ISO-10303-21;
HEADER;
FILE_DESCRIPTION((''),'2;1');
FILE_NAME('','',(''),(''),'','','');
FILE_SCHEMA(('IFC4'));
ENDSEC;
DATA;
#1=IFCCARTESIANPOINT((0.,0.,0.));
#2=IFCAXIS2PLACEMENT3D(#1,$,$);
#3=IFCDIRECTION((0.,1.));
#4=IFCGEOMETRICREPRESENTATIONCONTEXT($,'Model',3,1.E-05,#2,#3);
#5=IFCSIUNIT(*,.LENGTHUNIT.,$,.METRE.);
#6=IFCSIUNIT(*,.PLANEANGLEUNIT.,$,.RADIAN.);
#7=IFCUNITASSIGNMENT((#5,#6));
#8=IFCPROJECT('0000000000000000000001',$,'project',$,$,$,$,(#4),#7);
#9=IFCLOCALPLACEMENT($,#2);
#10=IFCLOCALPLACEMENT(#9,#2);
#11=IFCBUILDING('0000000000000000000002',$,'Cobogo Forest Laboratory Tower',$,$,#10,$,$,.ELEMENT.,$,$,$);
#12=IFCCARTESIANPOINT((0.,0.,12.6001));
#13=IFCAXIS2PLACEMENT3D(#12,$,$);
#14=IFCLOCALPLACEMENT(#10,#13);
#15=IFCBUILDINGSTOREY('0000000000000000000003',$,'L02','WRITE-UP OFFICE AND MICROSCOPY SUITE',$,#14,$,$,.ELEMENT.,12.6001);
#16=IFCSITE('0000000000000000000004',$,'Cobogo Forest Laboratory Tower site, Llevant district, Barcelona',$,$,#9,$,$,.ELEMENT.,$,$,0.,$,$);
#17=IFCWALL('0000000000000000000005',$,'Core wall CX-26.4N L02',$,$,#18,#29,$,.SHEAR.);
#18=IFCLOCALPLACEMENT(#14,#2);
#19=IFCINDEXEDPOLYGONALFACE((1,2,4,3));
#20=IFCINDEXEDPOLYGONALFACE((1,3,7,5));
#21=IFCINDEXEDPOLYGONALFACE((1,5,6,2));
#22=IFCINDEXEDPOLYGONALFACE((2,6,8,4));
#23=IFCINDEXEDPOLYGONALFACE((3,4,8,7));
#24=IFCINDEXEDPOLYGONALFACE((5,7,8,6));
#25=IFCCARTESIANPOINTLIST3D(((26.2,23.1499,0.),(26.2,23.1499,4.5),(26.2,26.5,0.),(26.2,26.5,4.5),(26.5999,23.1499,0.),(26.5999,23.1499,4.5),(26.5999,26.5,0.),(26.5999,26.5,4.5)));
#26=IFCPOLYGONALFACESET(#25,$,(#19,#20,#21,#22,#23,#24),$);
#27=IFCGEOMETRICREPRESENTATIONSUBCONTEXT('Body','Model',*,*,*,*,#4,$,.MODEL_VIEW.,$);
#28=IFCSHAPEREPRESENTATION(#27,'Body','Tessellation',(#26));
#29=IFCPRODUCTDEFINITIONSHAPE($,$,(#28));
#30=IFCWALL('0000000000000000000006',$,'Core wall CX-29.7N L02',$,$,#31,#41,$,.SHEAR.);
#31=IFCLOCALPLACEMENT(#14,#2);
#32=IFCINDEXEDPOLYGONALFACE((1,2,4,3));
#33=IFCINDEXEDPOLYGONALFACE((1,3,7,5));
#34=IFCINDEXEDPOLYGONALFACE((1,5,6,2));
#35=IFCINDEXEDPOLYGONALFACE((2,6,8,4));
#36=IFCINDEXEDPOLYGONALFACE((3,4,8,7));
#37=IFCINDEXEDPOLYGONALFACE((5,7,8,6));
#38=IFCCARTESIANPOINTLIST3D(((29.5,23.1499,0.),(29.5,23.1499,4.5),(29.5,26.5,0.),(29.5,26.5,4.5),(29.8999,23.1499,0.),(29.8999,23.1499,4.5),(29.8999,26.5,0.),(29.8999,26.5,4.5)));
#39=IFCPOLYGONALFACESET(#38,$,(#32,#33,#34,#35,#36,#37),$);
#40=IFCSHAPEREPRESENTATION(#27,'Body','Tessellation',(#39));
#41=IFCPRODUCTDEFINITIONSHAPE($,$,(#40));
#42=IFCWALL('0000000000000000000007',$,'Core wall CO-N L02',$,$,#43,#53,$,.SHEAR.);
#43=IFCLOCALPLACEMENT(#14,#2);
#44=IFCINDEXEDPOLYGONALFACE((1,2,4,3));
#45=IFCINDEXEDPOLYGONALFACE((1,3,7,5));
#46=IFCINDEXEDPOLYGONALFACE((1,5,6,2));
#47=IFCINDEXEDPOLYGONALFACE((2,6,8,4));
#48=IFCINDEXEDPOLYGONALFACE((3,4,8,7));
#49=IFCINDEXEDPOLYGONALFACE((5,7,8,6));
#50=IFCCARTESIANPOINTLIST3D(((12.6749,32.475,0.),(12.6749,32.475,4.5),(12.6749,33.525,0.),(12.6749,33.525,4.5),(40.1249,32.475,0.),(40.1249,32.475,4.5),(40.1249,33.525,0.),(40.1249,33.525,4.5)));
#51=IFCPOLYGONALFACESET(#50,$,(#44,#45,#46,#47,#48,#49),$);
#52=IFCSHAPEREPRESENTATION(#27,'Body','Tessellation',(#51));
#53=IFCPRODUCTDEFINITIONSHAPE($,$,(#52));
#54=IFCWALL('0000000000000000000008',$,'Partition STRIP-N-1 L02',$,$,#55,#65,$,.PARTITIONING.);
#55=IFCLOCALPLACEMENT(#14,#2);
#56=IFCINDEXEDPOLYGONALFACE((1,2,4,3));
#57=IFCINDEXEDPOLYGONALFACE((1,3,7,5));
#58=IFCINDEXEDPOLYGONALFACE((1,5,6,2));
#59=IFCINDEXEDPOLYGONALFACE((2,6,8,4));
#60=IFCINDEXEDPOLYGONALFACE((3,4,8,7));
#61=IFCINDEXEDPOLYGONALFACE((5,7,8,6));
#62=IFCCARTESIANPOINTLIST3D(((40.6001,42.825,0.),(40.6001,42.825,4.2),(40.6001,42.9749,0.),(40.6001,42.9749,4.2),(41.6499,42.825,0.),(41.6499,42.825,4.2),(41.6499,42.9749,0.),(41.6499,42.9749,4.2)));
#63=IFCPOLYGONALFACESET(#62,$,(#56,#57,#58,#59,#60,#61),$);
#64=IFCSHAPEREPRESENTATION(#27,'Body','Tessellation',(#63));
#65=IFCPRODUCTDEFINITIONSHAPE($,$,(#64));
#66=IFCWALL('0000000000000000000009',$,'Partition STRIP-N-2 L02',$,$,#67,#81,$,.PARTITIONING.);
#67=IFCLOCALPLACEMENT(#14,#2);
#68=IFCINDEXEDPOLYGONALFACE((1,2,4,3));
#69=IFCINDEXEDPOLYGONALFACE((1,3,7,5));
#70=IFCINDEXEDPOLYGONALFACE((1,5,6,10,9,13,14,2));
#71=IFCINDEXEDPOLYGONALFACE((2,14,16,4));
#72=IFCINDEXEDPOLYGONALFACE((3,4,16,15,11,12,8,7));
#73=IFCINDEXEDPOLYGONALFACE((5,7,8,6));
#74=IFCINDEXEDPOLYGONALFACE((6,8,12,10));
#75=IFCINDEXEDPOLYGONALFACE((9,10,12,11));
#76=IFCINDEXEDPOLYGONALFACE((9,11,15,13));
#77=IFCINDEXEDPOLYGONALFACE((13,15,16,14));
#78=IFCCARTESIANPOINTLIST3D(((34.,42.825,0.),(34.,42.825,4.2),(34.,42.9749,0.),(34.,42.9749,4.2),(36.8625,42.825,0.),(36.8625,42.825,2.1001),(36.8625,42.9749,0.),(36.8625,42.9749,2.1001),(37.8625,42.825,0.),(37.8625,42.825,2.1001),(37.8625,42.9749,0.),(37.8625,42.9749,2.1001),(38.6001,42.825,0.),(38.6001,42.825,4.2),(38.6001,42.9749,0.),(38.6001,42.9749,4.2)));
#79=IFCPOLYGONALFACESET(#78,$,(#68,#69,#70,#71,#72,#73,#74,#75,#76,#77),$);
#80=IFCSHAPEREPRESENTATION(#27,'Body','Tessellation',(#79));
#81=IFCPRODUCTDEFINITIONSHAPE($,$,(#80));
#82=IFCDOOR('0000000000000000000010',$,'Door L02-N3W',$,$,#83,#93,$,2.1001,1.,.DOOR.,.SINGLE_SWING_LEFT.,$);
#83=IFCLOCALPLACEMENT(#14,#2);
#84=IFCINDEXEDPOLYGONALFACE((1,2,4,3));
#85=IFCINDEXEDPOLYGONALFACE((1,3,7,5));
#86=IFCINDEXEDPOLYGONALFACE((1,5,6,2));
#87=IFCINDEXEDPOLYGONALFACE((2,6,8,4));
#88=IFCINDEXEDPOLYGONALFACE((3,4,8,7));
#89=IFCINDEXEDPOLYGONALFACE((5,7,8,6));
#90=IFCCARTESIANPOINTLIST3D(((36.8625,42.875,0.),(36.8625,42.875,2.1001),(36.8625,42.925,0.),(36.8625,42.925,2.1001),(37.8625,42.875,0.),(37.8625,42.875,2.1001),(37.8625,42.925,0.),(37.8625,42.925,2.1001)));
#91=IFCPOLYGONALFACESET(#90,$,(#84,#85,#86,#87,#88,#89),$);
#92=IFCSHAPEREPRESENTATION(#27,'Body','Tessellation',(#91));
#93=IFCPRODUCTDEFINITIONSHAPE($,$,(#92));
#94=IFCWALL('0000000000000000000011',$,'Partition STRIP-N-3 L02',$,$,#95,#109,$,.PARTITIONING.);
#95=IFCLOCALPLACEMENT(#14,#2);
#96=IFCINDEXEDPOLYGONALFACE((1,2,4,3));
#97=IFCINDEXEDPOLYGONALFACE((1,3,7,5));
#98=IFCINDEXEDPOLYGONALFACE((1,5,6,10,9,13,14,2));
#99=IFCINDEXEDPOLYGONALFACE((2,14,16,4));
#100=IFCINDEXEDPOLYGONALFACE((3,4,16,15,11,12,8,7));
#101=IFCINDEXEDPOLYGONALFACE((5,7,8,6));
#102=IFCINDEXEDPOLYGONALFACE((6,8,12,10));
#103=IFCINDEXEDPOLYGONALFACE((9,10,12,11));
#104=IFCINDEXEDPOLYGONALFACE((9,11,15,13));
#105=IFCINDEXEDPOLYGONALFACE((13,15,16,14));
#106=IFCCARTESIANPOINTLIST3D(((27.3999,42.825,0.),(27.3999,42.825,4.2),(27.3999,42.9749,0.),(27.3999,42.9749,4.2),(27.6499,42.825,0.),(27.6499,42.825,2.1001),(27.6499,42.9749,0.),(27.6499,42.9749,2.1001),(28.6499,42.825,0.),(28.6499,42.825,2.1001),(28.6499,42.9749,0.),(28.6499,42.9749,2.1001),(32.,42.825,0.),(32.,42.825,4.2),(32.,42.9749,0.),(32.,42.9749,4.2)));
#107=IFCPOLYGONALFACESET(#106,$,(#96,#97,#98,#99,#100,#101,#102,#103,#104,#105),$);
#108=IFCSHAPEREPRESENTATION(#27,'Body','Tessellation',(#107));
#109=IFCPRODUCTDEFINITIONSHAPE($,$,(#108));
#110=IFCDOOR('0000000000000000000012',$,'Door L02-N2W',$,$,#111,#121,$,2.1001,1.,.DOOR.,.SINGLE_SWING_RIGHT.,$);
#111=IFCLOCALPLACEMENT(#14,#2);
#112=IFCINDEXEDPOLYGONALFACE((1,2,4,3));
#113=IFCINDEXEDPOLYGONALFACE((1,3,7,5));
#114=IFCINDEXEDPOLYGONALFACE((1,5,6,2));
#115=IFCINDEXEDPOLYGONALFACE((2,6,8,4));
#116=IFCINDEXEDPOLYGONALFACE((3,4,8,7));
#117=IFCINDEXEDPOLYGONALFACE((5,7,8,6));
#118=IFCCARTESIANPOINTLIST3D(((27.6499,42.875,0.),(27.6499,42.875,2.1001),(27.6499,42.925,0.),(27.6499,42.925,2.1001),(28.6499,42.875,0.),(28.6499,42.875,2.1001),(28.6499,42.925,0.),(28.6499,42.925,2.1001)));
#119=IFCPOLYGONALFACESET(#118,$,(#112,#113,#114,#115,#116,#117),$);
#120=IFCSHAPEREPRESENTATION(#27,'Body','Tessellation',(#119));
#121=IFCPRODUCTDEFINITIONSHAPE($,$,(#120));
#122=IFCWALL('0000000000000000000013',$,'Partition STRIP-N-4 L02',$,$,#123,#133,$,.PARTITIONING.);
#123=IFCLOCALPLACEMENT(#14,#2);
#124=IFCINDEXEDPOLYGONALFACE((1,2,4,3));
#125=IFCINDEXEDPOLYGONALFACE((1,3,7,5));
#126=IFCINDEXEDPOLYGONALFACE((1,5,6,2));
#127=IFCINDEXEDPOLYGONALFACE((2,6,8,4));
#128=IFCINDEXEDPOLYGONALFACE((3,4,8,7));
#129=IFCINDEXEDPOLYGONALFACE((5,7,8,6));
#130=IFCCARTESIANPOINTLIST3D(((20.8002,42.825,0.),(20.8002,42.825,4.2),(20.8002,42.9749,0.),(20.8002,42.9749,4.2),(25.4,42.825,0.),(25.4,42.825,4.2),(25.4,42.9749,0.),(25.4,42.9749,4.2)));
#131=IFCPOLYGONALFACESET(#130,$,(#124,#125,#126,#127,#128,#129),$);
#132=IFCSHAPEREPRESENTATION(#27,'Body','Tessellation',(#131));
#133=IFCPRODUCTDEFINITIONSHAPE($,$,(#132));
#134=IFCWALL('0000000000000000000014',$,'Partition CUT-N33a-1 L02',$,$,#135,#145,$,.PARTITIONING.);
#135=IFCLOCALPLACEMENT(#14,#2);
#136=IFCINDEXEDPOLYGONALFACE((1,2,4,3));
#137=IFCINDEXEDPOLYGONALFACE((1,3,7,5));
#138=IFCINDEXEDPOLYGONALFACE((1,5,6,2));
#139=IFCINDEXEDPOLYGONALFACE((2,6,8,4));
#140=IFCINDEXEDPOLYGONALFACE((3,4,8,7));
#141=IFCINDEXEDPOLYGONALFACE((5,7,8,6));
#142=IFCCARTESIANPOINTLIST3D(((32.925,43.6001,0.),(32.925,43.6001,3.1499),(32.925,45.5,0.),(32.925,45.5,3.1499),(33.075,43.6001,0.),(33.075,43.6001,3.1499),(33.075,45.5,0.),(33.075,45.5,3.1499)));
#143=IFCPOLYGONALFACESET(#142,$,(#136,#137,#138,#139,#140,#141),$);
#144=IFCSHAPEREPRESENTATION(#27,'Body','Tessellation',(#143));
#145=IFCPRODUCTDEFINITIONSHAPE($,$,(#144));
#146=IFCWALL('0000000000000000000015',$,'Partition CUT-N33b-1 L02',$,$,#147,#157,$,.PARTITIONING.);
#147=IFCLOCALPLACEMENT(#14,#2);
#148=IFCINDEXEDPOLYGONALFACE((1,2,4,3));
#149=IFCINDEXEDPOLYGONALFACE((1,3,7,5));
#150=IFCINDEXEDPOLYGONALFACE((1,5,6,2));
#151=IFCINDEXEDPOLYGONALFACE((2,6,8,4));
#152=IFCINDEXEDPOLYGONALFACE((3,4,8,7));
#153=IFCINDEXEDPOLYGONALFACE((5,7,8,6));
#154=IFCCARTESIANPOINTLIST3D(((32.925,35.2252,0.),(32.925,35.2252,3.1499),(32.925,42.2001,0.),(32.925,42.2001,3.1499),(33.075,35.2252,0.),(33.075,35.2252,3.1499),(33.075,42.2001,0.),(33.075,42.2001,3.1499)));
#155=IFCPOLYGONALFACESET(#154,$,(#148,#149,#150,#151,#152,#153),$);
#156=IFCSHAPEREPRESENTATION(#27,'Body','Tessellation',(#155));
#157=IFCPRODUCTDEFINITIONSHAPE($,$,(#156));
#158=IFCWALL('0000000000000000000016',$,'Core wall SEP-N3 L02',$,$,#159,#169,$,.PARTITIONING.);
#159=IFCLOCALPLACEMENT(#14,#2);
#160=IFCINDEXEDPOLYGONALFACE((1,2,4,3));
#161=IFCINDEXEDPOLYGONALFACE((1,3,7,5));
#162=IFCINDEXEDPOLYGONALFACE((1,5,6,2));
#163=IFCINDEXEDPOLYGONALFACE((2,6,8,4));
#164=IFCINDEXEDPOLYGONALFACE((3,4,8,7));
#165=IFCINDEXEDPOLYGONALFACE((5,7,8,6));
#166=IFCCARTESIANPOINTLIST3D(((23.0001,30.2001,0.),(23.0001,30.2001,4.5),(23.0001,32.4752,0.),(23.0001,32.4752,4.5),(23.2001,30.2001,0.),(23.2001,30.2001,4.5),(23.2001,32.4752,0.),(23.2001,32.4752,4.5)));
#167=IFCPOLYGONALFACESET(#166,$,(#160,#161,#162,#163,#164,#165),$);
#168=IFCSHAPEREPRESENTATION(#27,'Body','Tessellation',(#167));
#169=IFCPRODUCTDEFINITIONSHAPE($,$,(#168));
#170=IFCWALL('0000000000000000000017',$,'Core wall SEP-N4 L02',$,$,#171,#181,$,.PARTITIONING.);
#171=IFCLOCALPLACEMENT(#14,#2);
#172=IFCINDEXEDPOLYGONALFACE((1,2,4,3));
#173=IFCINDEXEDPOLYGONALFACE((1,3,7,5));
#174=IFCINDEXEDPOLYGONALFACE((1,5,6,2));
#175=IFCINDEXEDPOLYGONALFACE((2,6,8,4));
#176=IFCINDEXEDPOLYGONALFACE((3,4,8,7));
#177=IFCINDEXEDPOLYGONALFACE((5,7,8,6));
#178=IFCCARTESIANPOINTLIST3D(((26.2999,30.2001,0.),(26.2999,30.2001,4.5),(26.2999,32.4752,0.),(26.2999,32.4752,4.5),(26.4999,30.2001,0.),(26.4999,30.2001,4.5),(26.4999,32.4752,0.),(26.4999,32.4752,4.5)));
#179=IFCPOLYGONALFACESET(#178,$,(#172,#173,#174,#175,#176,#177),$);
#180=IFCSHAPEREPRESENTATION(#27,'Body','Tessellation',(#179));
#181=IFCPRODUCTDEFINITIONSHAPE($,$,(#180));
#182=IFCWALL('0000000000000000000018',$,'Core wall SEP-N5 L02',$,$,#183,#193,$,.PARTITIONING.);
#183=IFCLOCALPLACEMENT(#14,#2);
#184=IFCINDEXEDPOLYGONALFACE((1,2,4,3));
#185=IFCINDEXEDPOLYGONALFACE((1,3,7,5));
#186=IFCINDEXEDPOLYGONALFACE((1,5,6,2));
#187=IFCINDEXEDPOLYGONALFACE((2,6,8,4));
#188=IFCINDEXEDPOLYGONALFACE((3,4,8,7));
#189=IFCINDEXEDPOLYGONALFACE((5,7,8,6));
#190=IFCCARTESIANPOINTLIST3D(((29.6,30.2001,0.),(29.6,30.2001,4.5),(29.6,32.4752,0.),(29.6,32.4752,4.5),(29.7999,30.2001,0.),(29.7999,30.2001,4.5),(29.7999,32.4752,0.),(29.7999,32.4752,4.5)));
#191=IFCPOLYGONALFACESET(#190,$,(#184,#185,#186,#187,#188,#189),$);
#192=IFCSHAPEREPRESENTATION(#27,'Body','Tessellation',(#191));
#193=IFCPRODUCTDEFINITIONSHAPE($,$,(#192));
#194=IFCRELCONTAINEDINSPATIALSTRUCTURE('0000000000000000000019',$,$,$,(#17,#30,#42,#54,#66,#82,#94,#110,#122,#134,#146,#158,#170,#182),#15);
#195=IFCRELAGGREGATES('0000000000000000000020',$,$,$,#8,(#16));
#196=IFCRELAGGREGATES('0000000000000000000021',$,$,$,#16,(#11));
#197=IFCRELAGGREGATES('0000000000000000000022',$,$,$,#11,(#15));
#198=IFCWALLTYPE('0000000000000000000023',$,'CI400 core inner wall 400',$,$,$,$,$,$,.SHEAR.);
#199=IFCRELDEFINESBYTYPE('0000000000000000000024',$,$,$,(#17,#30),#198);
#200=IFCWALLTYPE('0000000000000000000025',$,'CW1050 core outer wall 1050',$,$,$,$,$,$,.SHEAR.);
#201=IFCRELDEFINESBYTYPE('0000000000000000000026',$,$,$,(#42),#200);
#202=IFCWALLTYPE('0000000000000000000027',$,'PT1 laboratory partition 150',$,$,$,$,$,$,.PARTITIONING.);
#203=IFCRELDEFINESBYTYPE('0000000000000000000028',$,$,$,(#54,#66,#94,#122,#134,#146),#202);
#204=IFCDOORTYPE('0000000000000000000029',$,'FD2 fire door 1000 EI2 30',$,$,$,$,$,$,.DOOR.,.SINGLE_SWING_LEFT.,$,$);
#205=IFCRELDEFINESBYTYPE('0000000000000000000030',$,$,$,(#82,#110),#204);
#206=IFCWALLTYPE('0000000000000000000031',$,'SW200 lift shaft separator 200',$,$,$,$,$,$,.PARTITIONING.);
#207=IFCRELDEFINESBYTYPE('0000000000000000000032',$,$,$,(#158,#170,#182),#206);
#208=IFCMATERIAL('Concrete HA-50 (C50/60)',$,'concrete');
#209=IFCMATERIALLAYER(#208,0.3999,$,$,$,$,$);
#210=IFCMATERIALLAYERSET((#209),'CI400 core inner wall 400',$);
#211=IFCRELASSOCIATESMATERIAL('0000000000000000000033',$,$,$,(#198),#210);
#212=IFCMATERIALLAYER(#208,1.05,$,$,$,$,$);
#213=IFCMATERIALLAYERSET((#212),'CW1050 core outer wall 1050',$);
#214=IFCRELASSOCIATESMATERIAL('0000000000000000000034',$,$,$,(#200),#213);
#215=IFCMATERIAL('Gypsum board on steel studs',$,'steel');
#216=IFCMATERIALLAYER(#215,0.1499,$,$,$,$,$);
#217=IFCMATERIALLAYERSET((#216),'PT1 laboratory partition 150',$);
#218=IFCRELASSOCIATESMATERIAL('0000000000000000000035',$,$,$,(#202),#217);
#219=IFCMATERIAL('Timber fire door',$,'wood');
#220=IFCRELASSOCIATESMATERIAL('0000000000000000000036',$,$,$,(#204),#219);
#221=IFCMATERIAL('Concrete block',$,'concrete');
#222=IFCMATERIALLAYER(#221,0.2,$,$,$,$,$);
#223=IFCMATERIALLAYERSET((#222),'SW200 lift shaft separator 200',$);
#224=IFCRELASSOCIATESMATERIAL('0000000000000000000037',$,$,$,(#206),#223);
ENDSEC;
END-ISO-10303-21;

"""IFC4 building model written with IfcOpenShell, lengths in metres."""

from ifc_helpers import new_model, si_unit, direction, frame, frame_2d, origin, place, context, subcontext, project, spatial, rectangle, extrude, material, layer, layer_set, type_object, element, fill, save


model = new_model("IFC4")

# Units and contexts
model_context = context("Model", 3, precision=1e-05, world=origin(), true_north=direction((0.0, 1.0)))
body_context = subcontext(model_context, "Body", "Model", "MODEL_VIEW")
ifc_project = project(units=[si_unit("LENGTHUNIT", "METRE"), si_unit("PLANEANGLEUNIT", "RADIAN")], contexts=[model_context])

# Site, building, storey
site_placement = place(None, origin())
site = spatial("IfcSite", under=ifc_project, at=site_placement, Name="Cobogo Forest Laboratory Tower site, Llevant district, Barcelona", CompositionType="ELEMENT", RefElevation=0.0)
building_placement = place(site_placement, origin())
building = spatial("IfcBuilding", under=site, at=building_placement, Name="Cobogo Forest Laboratory Tower", CompositionType="ELEMENT")
storey_placement = place(building_placement, frame((0.0, 0.0, 12.6001)))
storey = spatial("IfcBuildingStorey", under=building, at=storey_placement, Name="L02", Description="WRITE-UP OFFICE AND MICROSCOPY SUITE", CompositionType="ELEMENT", Elevation=12.6001)

# Shared definitions
ifc_material_1 = material(Name="Concrete HA-50 (C50/60)", Category="concrete")

# Walls
ifc_layer_1 = layer(ifc_material_1, 0.3999)
ifc_layer_set_1 = layer_set([ifc_layer_1], Name="CI400 core inner wall 400")
wall_type_1 = type_object("IfcWallType", Name="CI400 core inner wall 400", PredefinedType="SHEAR", material=ifc_layer_set_1)
for number, where, z_axis, x_axis, name in (
    (1, (26.3999, 23.1499, 0.0), (0.0, 0.0, 1.0), (0.0, 1.0, 0.0), "Core wall CX-26.4N L02"),
    (2, (29.7, 23.1499, 0.0), (0.0, 0.0, 1.0), (0.0, 1.0, 0.0), "Core wall CX-29.7N L02"),
):
    element("IfcWall", number, at=place(storey_placement, frame(where, z_axis=z_axis, x_axis=x_axis)), inside=storey, type_object=wall_type_1, Name=name, PredefinedType="SHEAR", context=body_context, shape_type="SweptSolid", body=[
        extrude(rectangle(XDim=3.3501, YDim=0.3999, at=frame_2d((1.675, 0.0))), origin(), (0.0, 0.0, 1.0), 4.5),
    ])
ifc_layer_2 = layer(ifc_material_1, 1.05)
ifc_layer_set_2 = layer_set([ifc_layer_2], Name="CW1050 core outer wall 1050")
wall_type_2 = type_object("IfcWallType", Name="CW1050 core outer wall 1050", PredefinedType="SHEAR", material=ifc_layer_set_2)
wall_1_placement = place(storey_placement, frame((40.125, 33.0, 0.0), z_axis=(0.0, 0.0, 1.0), x_axis=(-1.0, 0.0, 0.0)))
element("IfcWall", 3, at=wall_1_placement, inside=storey, type_object=wall_type_2, Name="Core wall CO-N L02", PredefinedType="SHEAR", context=body_context, shape_type="SweptSolid", body=[
    extrude(rectangle(XDim=27.45, YDim=1.05, at=frame_2d((13.7251, 0.0))), origin(), (0.0, 0.0, 1.0), 4.5),
])
ifc_material_2 = material(Name="Gypsum board on steel studs", Category="steel")
ifc_layer_3 = layer(ifc_material_2, 0.1499)
ifc_layer_set_3 = layer_set([ifc_layer_3], Name="PT1 laboratory partition 150")
wall_type_3 = type_object("IfcWallType", Name="PT1 laboratory partition 150", PredefinedType="PARTITIONING", material=ifc_layer_set_3)
wall_2_placement = place(storey_placement, frame((41.6499, 42.8999, 0.0), z_axis=(0.0, 0.0, 1.0), x_axis=(-1.0, 0.0, 0.0)))
element("IfcWall", 4, at=wall_2_placement, inside=storey, type_object=wall_type_3, Name="Partition STRIP-N-1 L02", PredefinedType="PARTITIONING", context=body_context, shape_type="SweptSolid", body=[
    extrude(rectangle(XDim=1.0498, YDim=0.1499, at=frame_2d((0.5249, 0.0))), origin(), (0.0, 0.0, 1.0), 4.2),
])

# Walls, openings, doors
wall_3_placement = place(storey_placement, frame((38.6001, 42.8999, 0.0), z_axis=(0.0, 0.0, 1.0), x_axis=(-1.0, 0.0, 0.0)))
wall_3 = element("IfcWall", 5, at=wall_3_placement, inside=storey, type_object=wall_type_3, Name="Partition STRIP-N-2 L02", PredefinedType="PARTITIONING", context=body_context, shape_type="SweptSolid", body=[
    extrude(rectangle(XDim=4.6001, YDim=0.1499, at=frame_2d((2.3, 0.0))), origin(), (0.0, 0.0, 1.0), 4.2),
])
opening_1_placement = place(wall_3_placement, frame((0.7375, 0.0, 0.0)))
opening_1 = element("IfcOpeningElement", 6, at=opening_1_placement, cuts=wall_3, PredefinedType="OPENING", context=body_context, shape_type="SweptSolid", body=[
    extrude(rectangle(XDim=1.0, YDim=2.1001, at=frame_2d((0.5, 1.05))), frame((0.0, 0.085, 0.0), z_axis=(0.0, -1.0, 0.0), x_axis=(1.0, 0.0, 0.0)), (0.0, 0.0, 1.0), 0.1699),
])
ifc_material_3 = material(Name="Timber fire door", Category="wood")
door_type = type_object("IfcDoorType", Name="FD2 fire door 1000 EI2 30", OperationType="SINGLE_SWING_LEFT", PredefinedType="DOOR", material=ifc_material_3)
door_1_placement = place(opening_1_placement, origin())
door_1 = element("IfcDoor", 7, at=door_1_placement, inside=storey, type_object=door_type, Name="Door L02-N3W", OperationType="SINGLE_SWING_LEFT", OverallHeight=2.1001, OverallWidth=1.0, PredefinedType="DOOR", context=body_context, shape_type="SweptSolid", body=[
    extrude(rectangle(XDim=1.0, YDim=2.1001, at=frame_2d((0.5, 1.05))), frame((0.0, 0.0249, 0.0), z_axis=(0.0, -1.0, 0.0), x_axis=(1.0, 0.0, 0.0)), (0.0, 0.0, 1.0), 0.05),
])
fill(opening_1, door_1)
wall_4_placement = place(storey_placement, frame((32.0, 42.8999, 0.0), z_axis=(0.0, 0.0, 1.0), x_axis=(-1.0, 0.0, 0.0)))
wall_4 = element("IfcWall", 8, at=wall_4_placement, inside=storey, type_object=wall_type_3, Name="Partition STRIP-N-3 L02", PredefinedType="PARTITIONING", context=body_context, shape_type="SweptSolid", body=[
    extrude(rectangle(XDim=4.6001, YDim=0.1499, at=frame_2d((2.3, 0.0))), origin(), (0.0, 0.0, 1.0), 4.2),
])
opening_2_placement = place(wall_4_placement, frame((3.3501, 0.0, 0.0)))
opening_2 = element("IfcOpeningElement", 9, at=opening_2_placement, cuts=wall_4, PredefinedType="OPENING", context=body_context, shape_type="SweptSolid", body=[
    extrude(rectangle(XDim=1.0, YDim=2.1001, at=frame_2d((0.5, 1.05))), frame((0.0, 0.085, 0.0), z_axis=(0.0, -1.0, 0.0), x_axis=(1.0, 0.0, 0.0)), (0.0, 0.0, 1.0), 0.1699),
])
door_2_placement = place(opening_2_placement, origin())
door_2 = element("IfcDoor", 10, at=door_2_placement, inside=storey, type_object=door_type, Name="Door L02-N2W", OperationType="SINGLE_SWING_RIGHT", OverallHeight=2.1001, OverallWidth=1.0, PredefinedType="DOOR", context=body_context, shape_type="SweptSolid", body=[
    extrude(rectangle(XDim=1.0, YDim=2.1001, at=frame_2d((0.5, 1.05))), frame((0.0, 0.0249, 0.0), z_axis=(0.0, -1.0, 0.0), x_axis=(1.0, 0.0, 0.0)), (0.0, 0.0, 1.0), 0.05),
])
fill(opening_2, door_2)

# Walls
wall_5_placement = place(storey_placement, frame((25.3999, 42.8999, 0.0), z_axis=(0.0, 0.0, 1.0), x_axis=(-1.0, 0.0, 0.0)))
element("IfcWall", 11, at=wall_5_placement, inside=storey, type_object=wall_type_3, Name="Partition STRIP-N-4 L02", PredefinedType="PARTITIONING", context=body_context, shape_type="SweptSolid", body=[
    extrude(rectangle(XDim=4.5999, YDim=0.1499, at=frame_2d((2.2998, 0.0))), origin(), (0.0, 0.0, 1.0), 4.2),
])
wall_6_placement = place(storey_placement, frame((33.0, 45.5, 0.0), z_axis=(0.0, 0.0, 1.0), x_axis=(0.0, -1.0, 0.0)))
element("IfcWall", 12, at=wall_6_placement, inside=storey, type_object=wall_type_3, Name="Partition CUT-N33a-1 L02", PredefinedType="PARTITIONING", context=body_context, shape_type="SweptSolid", body=[
    extrude(rectangle(XDim=1.8999, YDim=0.1499, at=frame_2d((0.95, 0.0))), origin(), (0.0, 0.0, 1.0), 3.1499),
])
wall_7_placement = place(storey_placement, frame((33.0, 42.2, 0.0), z_axis=(0.0, 0.0, 1.0), x_axis=(0.0, -1.0, 0.0)))
element("IfcWall", 13, at=wall_7_placement, inside=storey, type_object=wall_type_3, Name="Partition CUT-N33b-1 L02", PredefinedType="PARTITIONING", context=body_context, shape_type="SweptSolid", body=[
    extrude(rectangle(XDim=6.9749, YDim=0.1499, at=frame_2d((3.4873, 0.0))), origin(), (0.0, 0.0, 1.0), 3.1499),
])
ifc_material_4 = material(Name="Concrete block", Category="concrete")
ifc_layer_4 = layer(ifc_material_4, 0.2)
ifc_layer_set_4 = layer_set([ifc_layer_4], Name="SW200 lift shaft separator 200")
wall_type_4 = type_object("IfcWallType", Name="SW200 lift shaft separator 200", PredefinedType="PARTITIONING", material=ifc_layer_set_4)
for number, where, z_axis, x_axis, name in (
    (14, (23.1001, 30.2, 0.0), (0.0, 0.0, 1.0), (0.0, 1.0, 0.0), "Core wall SEP-N3 L02"),
    (15, (26.3999, 30.2, 0.0), (0.0, 0.0, 1.0), (0.0, 1.0, 0.0), "Core wall SEP-N4 L02"),
    (16, (29.7, 30.2, 0.0), (0.0, 0.0, 1.0), (0.0, 1.0, 0.0), "Core wall SEP-N5 L02"),
):
    element("IfcWall", number, at=place(storey_placement, frame(where, z_axis=z_axis, x_axis=x_axis)), inside=storey, type_object=wall_type_4, Name=name, PredefinedType="PARTITIONING", context=body_context, shape_type="SweptSolid", body=[
        extrude(rectangle(XDim=2.2751, YDim=0.2, at=frame_2d((1.1377, 0.0))), origin(), (0.0, 0.0, 1.0), 4.5),
    ])

save(model, "model.ifc")
